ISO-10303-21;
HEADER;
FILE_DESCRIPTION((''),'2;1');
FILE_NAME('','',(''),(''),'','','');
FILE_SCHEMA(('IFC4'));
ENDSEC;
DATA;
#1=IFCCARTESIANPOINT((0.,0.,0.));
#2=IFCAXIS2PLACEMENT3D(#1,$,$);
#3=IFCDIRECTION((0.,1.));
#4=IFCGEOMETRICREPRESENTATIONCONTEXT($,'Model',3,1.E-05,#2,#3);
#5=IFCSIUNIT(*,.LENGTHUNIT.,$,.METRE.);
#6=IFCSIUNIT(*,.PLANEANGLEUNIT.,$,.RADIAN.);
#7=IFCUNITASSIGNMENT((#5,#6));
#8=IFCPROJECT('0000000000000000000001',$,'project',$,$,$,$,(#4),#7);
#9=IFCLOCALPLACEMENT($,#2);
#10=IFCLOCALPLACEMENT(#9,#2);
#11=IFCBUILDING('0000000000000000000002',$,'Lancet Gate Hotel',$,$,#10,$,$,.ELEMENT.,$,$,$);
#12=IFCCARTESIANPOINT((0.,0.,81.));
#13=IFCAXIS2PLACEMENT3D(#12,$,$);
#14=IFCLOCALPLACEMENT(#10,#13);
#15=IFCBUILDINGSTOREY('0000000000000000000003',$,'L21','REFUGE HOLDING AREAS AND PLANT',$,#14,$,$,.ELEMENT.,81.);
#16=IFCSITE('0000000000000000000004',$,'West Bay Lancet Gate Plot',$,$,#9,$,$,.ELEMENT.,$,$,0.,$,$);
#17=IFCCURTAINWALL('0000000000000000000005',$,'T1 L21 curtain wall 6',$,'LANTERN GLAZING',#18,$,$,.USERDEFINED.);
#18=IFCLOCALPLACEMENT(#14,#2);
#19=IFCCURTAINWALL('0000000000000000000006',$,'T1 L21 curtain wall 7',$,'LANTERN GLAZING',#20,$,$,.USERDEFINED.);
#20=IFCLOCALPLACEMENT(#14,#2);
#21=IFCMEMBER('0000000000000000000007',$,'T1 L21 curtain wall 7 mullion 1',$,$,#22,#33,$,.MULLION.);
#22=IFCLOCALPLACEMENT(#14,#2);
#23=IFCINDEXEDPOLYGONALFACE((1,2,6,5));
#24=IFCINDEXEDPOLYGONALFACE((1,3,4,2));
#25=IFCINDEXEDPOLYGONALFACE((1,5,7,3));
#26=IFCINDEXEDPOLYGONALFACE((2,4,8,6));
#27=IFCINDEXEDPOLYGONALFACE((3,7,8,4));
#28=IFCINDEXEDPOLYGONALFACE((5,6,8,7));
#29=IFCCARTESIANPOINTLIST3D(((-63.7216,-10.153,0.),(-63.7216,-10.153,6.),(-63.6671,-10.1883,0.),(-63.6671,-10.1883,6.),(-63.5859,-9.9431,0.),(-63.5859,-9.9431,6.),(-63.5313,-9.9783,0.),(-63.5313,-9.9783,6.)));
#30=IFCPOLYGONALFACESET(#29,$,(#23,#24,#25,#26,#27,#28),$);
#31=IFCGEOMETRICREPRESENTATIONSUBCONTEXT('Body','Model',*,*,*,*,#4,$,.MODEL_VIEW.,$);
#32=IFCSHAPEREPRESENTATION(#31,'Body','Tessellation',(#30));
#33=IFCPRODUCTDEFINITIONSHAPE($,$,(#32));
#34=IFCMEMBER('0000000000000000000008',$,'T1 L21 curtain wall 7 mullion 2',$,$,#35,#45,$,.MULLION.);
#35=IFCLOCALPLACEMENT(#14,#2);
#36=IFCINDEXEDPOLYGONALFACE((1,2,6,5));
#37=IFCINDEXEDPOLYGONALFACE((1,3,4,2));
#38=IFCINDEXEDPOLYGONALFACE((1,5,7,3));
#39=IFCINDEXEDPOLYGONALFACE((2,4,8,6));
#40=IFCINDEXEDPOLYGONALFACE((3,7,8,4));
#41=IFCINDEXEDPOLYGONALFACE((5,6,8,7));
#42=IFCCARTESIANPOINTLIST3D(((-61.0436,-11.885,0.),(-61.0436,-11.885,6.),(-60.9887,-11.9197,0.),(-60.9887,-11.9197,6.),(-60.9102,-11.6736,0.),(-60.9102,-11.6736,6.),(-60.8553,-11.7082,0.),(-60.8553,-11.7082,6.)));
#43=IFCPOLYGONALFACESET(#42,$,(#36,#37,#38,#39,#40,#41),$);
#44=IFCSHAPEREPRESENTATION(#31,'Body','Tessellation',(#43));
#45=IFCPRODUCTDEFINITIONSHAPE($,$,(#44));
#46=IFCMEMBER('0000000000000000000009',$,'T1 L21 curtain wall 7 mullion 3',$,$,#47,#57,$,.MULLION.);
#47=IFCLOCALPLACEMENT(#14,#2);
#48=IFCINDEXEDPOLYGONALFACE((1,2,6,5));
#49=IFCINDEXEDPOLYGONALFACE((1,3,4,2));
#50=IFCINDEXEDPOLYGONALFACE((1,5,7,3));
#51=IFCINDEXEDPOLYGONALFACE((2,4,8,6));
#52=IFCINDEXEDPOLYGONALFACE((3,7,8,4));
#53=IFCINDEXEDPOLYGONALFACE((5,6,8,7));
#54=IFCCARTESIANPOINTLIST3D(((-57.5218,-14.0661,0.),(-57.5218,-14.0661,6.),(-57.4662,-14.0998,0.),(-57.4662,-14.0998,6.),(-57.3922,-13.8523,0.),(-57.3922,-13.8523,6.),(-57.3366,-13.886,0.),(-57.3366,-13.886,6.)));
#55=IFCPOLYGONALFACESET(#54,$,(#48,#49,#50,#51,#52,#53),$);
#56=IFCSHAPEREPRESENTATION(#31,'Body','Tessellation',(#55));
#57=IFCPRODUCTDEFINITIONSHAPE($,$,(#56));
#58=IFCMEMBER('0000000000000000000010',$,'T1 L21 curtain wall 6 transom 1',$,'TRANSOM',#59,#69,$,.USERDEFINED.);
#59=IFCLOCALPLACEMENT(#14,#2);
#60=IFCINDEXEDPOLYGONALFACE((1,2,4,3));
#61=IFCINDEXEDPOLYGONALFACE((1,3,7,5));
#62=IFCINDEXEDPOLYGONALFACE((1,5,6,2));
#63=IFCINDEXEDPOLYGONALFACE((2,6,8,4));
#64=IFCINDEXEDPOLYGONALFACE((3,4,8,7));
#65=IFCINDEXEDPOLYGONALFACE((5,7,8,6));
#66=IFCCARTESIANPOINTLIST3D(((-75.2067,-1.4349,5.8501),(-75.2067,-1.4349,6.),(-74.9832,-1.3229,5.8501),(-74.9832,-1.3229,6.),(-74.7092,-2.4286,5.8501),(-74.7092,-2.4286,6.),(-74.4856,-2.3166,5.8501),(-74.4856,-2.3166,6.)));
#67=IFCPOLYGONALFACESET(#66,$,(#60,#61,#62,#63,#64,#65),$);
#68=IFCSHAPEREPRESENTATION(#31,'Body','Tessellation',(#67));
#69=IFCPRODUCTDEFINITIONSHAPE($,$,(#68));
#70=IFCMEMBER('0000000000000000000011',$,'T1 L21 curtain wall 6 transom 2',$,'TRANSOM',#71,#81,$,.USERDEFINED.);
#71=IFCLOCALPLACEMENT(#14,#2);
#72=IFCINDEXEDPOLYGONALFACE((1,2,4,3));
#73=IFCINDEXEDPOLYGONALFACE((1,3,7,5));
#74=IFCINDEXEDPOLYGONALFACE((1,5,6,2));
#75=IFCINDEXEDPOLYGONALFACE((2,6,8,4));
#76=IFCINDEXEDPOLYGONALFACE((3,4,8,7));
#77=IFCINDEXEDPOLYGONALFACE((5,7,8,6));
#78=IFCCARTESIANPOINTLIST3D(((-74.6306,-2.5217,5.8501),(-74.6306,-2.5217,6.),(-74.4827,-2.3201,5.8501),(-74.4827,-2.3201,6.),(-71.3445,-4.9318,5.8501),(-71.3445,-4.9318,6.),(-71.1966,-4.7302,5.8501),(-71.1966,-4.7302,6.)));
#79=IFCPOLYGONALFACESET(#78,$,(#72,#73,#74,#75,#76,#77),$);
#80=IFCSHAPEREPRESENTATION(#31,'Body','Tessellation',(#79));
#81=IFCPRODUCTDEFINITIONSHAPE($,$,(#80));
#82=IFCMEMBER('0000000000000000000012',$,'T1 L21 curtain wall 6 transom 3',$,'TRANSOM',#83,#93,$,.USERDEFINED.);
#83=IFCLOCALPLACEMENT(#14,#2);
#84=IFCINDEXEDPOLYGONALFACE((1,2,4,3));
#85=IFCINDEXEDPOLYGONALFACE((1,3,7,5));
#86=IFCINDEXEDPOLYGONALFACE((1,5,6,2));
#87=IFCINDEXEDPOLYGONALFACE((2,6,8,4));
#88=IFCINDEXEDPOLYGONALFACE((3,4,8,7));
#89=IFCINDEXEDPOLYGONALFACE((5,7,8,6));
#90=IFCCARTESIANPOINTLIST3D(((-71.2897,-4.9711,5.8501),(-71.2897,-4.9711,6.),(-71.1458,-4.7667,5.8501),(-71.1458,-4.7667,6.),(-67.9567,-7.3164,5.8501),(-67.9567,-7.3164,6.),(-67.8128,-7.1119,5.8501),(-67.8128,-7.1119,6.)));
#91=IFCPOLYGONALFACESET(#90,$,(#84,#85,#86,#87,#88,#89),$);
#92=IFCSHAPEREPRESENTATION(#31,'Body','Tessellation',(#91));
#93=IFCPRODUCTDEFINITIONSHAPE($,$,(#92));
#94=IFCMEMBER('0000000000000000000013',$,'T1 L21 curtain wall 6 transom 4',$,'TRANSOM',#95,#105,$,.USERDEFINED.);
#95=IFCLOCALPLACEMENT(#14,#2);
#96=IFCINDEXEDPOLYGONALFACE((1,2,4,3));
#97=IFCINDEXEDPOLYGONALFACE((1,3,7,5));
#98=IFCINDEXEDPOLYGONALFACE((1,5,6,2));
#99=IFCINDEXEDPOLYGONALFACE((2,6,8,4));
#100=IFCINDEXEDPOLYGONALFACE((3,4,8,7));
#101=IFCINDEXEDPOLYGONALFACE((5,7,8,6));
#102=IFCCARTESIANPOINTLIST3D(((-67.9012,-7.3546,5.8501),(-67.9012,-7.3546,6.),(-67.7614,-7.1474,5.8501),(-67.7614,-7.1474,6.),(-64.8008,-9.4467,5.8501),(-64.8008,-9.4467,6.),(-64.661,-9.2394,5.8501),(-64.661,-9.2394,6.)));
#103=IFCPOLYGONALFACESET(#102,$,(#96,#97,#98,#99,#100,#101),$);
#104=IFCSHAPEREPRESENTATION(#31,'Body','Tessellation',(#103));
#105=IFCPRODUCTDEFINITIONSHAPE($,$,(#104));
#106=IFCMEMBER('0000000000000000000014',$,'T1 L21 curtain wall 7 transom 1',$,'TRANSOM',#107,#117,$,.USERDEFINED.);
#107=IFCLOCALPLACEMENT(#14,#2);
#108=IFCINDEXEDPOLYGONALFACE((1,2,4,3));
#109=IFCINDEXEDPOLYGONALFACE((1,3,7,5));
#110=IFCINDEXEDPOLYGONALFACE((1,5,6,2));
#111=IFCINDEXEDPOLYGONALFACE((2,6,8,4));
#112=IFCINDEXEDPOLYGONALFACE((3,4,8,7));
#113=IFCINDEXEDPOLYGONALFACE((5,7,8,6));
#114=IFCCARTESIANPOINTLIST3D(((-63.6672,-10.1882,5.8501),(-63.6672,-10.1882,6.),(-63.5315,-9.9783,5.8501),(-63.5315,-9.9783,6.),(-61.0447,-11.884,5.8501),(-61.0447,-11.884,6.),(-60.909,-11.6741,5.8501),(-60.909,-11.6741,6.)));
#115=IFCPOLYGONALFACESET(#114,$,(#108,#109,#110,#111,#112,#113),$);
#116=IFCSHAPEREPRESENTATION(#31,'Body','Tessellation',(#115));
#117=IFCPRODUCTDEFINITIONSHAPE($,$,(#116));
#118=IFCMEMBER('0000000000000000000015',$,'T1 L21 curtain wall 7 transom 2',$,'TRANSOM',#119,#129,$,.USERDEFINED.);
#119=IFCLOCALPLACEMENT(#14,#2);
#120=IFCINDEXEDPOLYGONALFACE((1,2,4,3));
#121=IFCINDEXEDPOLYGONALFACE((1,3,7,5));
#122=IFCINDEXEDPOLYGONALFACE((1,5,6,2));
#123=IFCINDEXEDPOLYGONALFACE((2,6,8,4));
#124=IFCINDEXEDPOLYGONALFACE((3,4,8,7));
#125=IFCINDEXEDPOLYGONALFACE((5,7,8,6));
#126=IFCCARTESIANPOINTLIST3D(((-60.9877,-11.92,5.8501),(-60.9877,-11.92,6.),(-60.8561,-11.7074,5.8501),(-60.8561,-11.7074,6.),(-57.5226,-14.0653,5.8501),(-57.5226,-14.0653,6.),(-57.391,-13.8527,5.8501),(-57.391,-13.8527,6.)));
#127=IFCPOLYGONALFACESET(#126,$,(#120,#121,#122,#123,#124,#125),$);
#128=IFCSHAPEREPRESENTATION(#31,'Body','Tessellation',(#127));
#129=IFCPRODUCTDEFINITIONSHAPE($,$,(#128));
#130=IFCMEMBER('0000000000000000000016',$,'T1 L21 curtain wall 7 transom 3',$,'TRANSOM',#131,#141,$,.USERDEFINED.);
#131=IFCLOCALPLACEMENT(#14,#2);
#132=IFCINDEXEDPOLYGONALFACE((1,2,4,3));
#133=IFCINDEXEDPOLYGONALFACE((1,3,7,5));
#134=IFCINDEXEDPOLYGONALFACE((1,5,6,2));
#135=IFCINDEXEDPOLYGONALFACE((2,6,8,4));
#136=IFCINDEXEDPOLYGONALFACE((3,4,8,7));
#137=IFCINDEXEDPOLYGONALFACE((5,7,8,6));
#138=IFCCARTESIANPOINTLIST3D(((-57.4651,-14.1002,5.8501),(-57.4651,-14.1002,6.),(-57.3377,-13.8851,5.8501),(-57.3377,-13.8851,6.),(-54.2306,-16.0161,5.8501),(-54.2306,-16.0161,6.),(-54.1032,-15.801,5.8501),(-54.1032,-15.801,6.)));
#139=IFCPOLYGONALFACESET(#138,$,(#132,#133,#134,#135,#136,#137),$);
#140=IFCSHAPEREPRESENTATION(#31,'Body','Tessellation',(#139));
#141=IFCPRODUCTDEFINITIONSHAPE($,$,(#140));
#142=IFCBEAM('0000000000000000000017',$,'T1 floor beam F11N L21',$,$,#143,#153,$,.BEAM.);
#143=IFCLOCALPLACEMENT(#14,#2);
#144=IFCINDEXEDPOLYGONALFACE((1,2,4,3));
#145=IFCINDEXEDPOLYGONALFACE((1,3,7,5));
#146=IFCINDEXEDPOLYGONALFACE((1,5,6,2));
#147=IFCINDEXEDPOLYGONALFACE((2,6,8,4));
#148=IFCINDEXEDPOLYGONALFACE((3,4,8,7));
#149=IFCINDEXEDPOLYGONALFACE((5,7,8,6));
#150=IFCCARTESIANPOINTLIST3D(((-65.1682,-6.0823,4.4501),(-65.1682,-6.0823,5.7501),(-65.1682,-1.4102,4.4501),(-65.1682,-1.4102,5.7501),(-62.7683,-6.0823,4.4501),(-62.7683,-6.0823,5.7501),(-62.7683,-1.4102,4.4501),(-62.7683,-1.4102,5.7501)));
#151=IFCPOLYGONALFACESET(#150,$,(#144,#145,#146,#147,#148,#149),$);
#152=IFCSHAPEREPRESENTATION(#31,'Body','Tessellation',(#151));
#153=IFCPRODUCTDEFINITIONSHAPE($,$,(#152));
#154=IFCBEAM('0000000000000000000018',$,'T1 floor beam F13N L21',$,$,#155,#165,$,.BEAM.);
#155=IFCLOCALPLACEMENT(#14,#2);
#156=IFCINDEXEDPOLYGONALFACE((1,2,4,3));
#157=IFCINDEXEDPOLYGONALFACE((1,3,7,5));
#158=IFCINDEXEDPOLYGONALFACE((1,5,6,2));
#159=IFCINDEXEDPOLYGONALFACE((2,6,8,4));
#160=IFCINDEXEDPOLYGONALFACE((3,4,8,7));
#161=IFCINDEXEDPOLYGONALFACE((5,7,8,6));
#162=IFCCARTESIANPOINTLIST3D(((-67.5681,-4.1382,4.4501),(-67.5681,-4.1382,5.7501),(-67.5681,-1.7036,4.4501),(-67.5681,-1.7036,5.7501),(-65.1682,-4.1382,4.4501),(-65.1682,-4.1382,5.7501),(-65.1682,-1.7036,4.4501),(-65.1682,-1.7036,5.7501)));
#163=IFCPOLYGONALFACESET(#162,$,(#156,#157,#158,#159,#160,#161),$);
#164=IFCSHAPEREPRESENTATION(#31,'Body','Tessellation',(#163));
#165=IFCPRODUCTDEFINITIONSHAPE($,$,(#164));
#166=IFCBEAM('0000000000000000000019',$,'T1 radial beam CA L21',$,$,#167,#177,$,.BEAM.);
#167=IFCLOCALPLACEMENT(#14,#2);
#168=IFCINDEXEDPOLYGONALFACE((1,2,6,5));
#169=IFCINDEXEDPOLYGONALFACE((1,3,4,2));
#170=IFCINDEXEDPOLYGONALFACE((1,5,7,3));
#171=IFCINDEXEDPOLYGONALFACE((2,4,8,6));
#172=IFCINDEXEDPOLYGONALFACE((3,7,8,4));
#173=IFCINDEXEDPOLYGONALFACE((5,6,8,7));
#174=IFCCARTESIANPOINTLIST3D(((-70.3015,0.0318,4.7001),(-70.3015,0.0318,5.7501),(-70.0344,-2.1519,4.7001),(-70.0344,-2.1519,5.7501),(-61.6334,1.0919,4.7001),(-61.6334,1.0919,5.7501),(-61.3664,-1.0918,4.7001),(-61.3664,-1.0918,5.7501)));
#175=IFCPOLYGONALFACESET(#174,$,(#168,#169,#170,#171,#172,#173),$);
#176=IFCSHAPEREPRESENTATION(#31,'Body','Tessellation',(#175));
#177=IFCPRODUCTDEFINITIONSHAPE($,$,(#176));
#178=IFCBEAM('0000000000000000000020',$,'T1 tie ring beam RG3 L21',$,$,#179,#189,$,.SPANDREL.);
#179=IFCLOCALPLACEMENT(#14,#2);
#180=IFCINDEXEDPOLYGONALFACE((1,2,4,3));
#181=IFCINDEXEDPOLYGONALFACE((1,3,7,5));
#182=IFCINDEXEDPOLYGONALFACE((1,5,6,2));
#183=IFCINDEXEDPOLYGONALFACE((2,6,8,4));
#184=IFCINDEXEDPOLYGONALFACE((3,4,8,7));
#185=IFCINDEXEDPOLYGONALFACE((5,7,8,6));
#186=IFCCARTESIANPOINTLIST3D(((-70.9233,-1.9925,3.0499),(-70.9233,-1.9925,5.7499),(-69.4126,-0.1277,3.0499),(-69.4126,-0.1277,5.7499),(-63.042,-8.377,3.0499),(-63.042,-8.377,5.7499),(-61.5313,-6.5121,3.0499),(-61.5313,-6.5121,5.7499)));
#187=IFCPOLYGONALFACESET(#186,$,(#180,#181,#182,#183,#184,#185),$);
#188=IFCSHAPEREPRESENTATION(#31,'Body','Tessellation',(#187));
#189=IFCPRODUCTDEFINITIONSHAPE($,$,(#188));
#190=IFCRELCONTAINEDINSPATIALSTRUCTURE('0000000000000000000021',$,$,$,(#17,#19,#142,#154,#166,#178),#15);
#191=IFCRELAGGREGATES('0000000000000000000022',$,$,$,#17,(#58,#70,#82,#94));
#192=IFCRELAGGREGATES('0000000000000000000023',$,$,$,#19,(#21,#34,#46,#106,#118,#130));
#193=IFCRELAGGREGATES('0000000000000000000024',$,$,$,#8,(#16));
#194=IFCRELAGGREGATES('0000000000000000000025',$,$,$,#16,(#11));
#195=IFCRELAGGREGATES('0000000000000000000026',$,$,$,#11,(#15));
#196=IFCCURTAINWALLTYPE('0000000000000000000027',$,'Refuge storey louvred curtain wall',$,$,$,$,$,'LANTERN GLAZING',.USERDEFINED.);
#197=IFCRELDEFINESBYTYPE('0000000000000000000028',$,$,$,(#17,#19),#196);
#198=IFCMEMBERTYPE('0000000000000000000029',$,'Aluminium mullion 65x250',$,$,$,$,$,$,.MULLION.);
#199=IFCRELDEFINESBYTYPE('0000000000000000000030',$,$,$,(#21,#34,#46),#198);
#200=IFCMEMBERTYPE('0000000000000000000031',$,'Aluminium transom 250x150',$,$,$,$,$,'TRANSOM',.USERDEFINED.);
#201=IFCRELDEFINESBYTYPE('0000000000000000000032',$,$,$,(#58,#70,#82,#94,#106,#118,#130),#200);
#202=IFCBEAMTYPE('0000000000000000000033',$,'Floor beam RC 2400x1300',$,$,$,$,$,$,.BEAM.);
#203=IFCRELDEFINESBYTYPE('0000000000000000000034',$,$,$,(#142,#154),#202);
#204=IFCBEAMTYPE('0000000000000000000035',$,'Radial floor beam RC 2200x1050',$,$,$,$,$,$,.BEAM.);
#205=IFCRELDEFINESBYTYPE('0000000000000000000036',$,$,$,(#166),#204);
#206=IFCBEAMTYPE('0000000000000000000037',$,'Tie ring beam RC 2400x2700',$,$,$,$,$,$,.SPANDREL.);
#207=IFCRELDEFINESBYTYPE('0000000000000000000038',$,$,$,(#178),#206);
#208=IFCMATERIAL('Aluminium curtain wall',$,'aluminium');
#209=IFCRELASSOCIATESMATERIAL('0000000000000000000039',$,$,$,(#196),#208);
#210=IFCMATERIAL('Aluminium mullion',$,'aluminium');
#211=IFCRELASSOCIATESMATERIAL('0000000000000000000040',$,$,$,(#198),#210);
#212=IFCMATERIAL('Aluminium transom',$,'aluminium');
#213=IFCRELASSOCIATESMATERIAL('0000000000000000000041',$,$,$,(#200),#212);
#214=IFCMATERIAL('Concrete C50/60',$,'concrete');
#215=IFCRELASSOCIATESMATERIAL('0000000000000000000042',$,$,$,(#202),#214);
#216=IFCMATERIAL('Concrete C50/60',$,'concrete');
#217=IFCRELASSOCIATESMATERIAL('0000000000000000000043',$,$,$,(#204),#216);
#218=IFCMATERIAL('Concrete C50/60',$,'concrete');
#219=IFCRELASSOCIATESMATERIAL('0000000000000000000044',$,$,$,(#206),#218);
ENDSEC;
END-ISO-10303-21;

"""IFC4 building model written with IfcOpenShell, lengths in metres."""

from ifc_helpers import new_model, si_unit, direction, frame, origin, origin_2d, place, context, subcontext, project, spatial, rectangle, extrude, material, material_profile, profile_set, type_object, element, aggregate, save


model = new_model("IFC4")

# Units and contexts
model_context = context("Model", 3, precision=1e-05, world=origin(), true_north=direction((0.0, 1.0)))
body_context = subcontext(model_context, "Body", "Model", "MODEL_VIEW")
ifc_project = project(units=[si_unit("LENGTHUNIT", "METRE"), si_unit("PLANEANGLEUNIT", "RADIAN")], contexts=[model_context])

# Site, building, storey
site_placement = place(None, origin())
site = spatial("IfcSite", under=ifc_project, at=site_placement, Name="West Bay Lancet Gate Plot", CompositionType="ELEMENT", RefElevation=0.0)
building_placement = place(site_placement, origin())
building = spatial("IfcBuilding", under=site, at=building_placement, Name="Lancet Gate Hotel", CompositionType="ELEMENT")
storey_placement = place(building_placement, frame((0.0, 0.0, 81.0)))
storey = spatial("IfcBuildingStorey", under=building, at=storey_placement, Name="L21", Description="REFUGE HOLDING AREAS AND PLANT", CompositionType="ELEMENT", Elevation=81.0)

# Curtain walls, members
ifc_material_1 = material(Name="Aluminium curtain wall", Category="aluminium")
curtain_wall_type = type_object("IfcCurtainWallType", Name="Refuge storey louvred curtain wall", ElementType="LANTERN GLAZING", PredefinedType="USERDEFINED", material=ifc_material_1)
curtain_wall_1_placement = place(storey_placement, origin())
curtain_wall_1 = element("IfcCurtainWall", 1, at=curtain_wall_1_placement, inside=storey, type_object=curtain_wall_type, Name="T1 L21 curtain wall 6", ObjectType="LANTERN GLAZING", PredefinedType="USERDEFINED")
ifc_material_2 = material(Name="Aluminium mullion", Category="aluminium")
ifc_material_profile_1 = material_profile(ifc_material_2, rectangle(XDim=0.0649, YDim=0.25, at=origin_2d()), Name="MULLION 65x250")
ifc_profile_set_1 = profile_set([ifc_material_profile_1], Name="Aluminium mullion")
member_type_1 = type_object("IfcMemberType", Name="Aluminium mullion 65x250", PredefinedType="MULLION", material=ifc_profile_set_1)
curtain_wall_2_placement = place(storey_placement, origin())
curtain_wall_2 = element("IfcCurtainWall", 2, at=curtain_wall_2_placement, inside=storey, type_object=curtain_wall_type, Name="T1 L21 curtain wall 7", ObjectType="LANTERN GLAZING", PredefinedType="USERDEFINED")
member_1_placement = place(storey_placement, frame((-63.6265, -10.0657, 0.0), z_axis=(0.0, 0.0, 1.0), x_axis=(0.839749, -0.542975, 0.0)))
member_1 = element("IfcMember", 3, at=member_1_placement, type_object=member_type_1, Name="T1 L21 curtain wall 7 mullion 1", PredefinedType="MULLION", context=body_context, shape_type="SweptSolid", body=[
    extrude(rectangle(XDim=0.0649, YDim=0.25, at=origin_2d()), origin(), (0.0, 0.0, 1.0), 6.0),
])
member_2_placement = place(storey_placement, frame((-60.9495, -11.7966, 0.0), z_axis=(0.0, 0.0, 1.0), x_axis=(0.845709, -0.533644, 0.0)))
member_2 = element("IfcMember", 4, at=member_2_placement, type_object=member_type_1, Name="T1 L21 curtain wall 7 mullion 2", PredefinedType="MULLION", context=body_context, shape_type="SweptSolid", body=[
    extrude(rectangle(XDim=0.0649, YDim=0.25, at=origin_2d()), origin(), (0.0, 0.0, 1.0), 6.0),
])
member_3_placement = place(storey_placement, frame((-57.4292, -13.9761, 0.0), z_axis=(0.0, 0.0, 1.0), x_axis=(0.855145, -0.518389, 0.0)))
member_3 = element("IfcMember", 5, at=member_3_placement, type_object=member_type_1, Name="T1 L21 curtain wall 7 mullion 3", PredefinedType="MULLION", context=body_context, shape_type="SweptSolid", body=[
    extrude(rectangle(XDim=0.0649, YDim=0.25, at=origin_2d()), origin(), (0.0, 0.0, 1.0), 6.0),
])

# Members
ifc_material_3 = material(Name="Aluminium transom", Category="aluminium")
ifc_material_profile_2 = material_profile(ifc_material_3, rectangle(XDim=0.25, YDim=0.1499, at=origin_2d()), Name="TRANSOM 250x150")
ifc_profile_set_2 = profile_set([ifc_material_profile_2], Name="Aluminium transom")
member_type_2 = type_object("IfcMemberType", Name="Aluminium transom 250x150", ElementType="TRANSOM", PredefinedType="USERDEFINED", material=ifc_profile_set_2)
member_4_placement = place(storey_placement, frame((-75.095, -1.3789, 5.925), z_axis=(0.447741, -0.894163, 0.0), x_axis=(0.894163, 0.447741, 0.0)))
member_4 = element("IfcMember", 6, at=member_4_placement, type_object=member_type_2, Name="T1 L21 curtain wall 6 transom 1", ObjectType="TRANSOM", PredefinedType="USERDEFINED", context=body_context, shape_type="SweptSolid", body=[
    extrude(rectangle(XDim=0.25, YDim=0.1499, at=origin_2d()), origin(), (0.0, 0.0, 1.0), 1.1113),
])
member_5_placement = place(storey_placement, frame((-74.5566, -2.4209, 5.925), z_axis=(0.806367, -0.591416, 0.0), x_axis=(0.591416, 0.806367, 0.0)))
member_5 = element("IfcMember", 7, at=member_5_placement, type_object=member_type_2, Name="T1 L21 curtain wall 6 transom 2", ObjectType="TRANSOM", PredefinedType="USERDEFINED", context=body_context, shape_type="SweptSolid", body=[
    extrude(rectangle(XDim=0.25, YDim=0.1499, at=origin_2d()), origin(), (0.0, 0.0, 1.0), 4.0752),
])
member_6_placement = place(storey_placement, frame((-71.2178, -4.8689, 5.925), z_axis=(0.817834, -0.575455, 0.0), x_axis=(0.575455, 0.817834, 0.0)))
member_6 = element("IfcMember", 8, at=member_6_placement, type_object=member_type_2, Name="T1 L21 curtain wall 6 transom 3", ObjectType="TRANSOM", PredefinedType="USERDEFINED", context=body_context, shape_type="SweptSolid", body=[
    extrude(rectangle(XDim=0.25, YDim=0.1499, at=origin_2d()), origin(), (0.0, 0.0, 1.0), 4.0754),
])
member_7_placement = place(storey_placement, frame((-67.8313, -7.251, 5.925), z_axis=(0.828934, -0.559346, 0.0), x_axis=(0.559346, 0.828934, 0.0)))
member_7 = element("IfcMember", 9, at=member_7_placement, type_object=member_type_2, Name="T1 L21 curtain wall 6 transom 4", ObjectType="TRANSOM", PredefinedType="USERDEFINED", context=body_context, shape_type="SweptSolid", body=[
    extrude(rectangle(XDim=0.25, YDim=0.1499, at=origin_2d()), origin(), (0.0, 0.0, 1.0), 3.7402),
])
member_8_placement = place(storey_placement, frame((-63.5994, -10.0833, 5.925), z_axis=(0.839738, -0.542992, 0.0), x_axis=(0.542992, 0.839738, 0.0)))
member_8 = element("IfcMember", 10, at=member_8_placement, type_object=member_type_2, Name="T1 L21 curtain wall 7 transom 1", ObjectType="TRANSOM", PredefinedType="USERDEFINED", context=body_context, shape_type="SweptSolid", body=[
    extrude(rectangle(XDim=0.25, YDim=0.1499, at=origin_2d()), origin(), (0.0, 0.0, 1.0), 3.123),
])
member_9_placement = place(storey_placement, frame((-60.9219, -11.8137, 5.925), z_axis=(0.850242, -0.526392, 0.0), x_axis=(0.526392, 0.850242, 0.0)))
member_9 = element("IfcMember", 11, at=member_9_placement, type_object=member_type_2, Name="T1 L21 curtain wall 7 transom 2", ObjectType="TRANSOM", PredefinedType="USERDEFINED", context=body_context, shape_type="SweptSolid", body=[
    extrude(rectangle(XDim=0.25, YDim=0.1499, at=origin_2d()), origin(), (0.0, 0.0, 1.0), 4.0754),
])
member_10_placement = place(storey_placement, frame((-57.4014, -13.9927, 5.925), z_axis=(0.860396, -0.509626, 0.0), x_axis=(0.509626, 0.860396, 0.0)))
member_10 = element("IfcMember", 12, at=member_10_placement, type_object=member_type_2, Name="T1 L21 curtain wall 7 transom 3", ObjectType="TRANSOM", PredefinedType="USERDEFINED", context=body_context, shape_type="SweptSolid", body=[
    extrude(rectangle(XDim=0.25, YDim=0.1499, at=origin_2d()), origin(), (0.0, 0.0, 1.0), 3.7593),
])

# Beams
ifc_material_4 = material(Name="Concrete C50/60", Category="concrete")
ifc_material_profile_3 = material_profile(ifc_material_4, rectangle(XDim=2.3999, YDim=1.3, at=origin_2d()), Name="RC 2400x1300")
ifc_profile_set_3 = profile_set([ifc_material_profile_3], Name="Concrete C50/60")
beam_type_1 = type_object("IfcBeamType", Name="Floor beam RC 2400x1300", PredefinedType="BEAM", material=ifc_profile_set_3)
beam_1_placement = place(storey_placement, frame((-63.9683, -1.4102, 5.1001), z_axis=(0.0, -1.0, 0.0), x_axis=(1.0, 0.0, 0.0)))
element("IfcBeam", 13, at=beam_1_placement, inside=storey, type_object=beam_type_1, Name="T1 floor beam F11N L21", PredefinedType="BEAM", context=body_context, shape_type="SweptSolid", body=[
    extrude(rectangle(XDim=2.3999, YDim=1.3, at=origin_2d()), origin(), (0.0, 0.0, 1.0), 4.6721),
])
beam_2_placement = place(storey_placement, frame((-66.3682, -1.7036, 5.1001), z_axis=(0.0, -1.0, 0.0), x_axis=(1.0, 0.0, 0.0)))
element("IfcBeam", 14, at=beam_2_placement, inside=storey, type_object=beam_type_1, Name="T1 floor beam F13N L21", PredefinedType="BEAM", context=body_context, shape_type="SweptSolid", body=[
    extrude(rectangle(XDim=2.3999, YDim=1.3, at=origin_2d()), origin(), (0.0, 0.0, 1.0), 2.4346),
])
ifc_material_5 = material(Name="Concrete C50/60", Category="concrete")
ifc_material_profile_4 = material_profile(ifc_material_5, rectangle(XDim=2.2, YDim=1.05, at=origin_2d()), Name="RC 2200x1050")
ifc_profile_set_4 = profile_set([ifc_material_profile_4], Name="Concrete C50/60")
beam_type_2 = type_object("IfcBeamType", Name="Radial floor beam RC 2200x1050", PredefinedType="BEAM", material=ifc_profile_set_4)
beam_3_placement = place(storey_placement, frame((-70.168, -1.0601, 5.2251), z_axis=(0.992605, 0.121392, 0.0), x_axis=(-0.121392, 0.992605, 0.0)))
element("IfcBeam", 15, at=beam_3_placement, inside=storey, type_object=beam_type_2, Name="T1 radial beam CA L21", PredefinedType="BEAM", context=body_context, shape_type="SweptSolid", body=[
    extrude(rectangle(XDim=2.2, YDim=1.05, at=origin_2d()), origin(), (0.0, 0.0, 1.0), 8.7327),
])
ifc_material_6 = material(Name="Concrete C50/60", Category="concrete")
ifc_material_profile_5 = material_profile(ifc_material_6, rectangle(XDim=2.3999, YDim=2.7, at=origin_2d()), Name="RC 2400x2700")
ifc_profile_set_5 = profile_set([ifc_material_profile_5], Name="Concrete C50/60")
beam_type_3 = type_object("IfcBeamType", Name="Tie ring beam RC 2400x2700", PredefinedType="SPANDREL", material=ifc_profile_set_5)
beam_4_placement = place(storey_placement, frame((-70.168, -1.0601, 4.3999), z_axis=(0.777034, -0.629459, 0.0), x_axis=(0.629459, 0.777034, 0.0)))
element("IfcBeam", 16, at=beam_4_placement, inside=storey, type_object=beam_type_3, Name="T1 tie ring beam RG3 L21", PredefinedType="SPANDREL", context=body_context, shape_type="SweptSolid", body=[
    extrude(rectangle(XDim=2.3999, YDim=2.7, at=origin_2d()), origin(), (0.0, 0.0, 1.0), 10.1428),
])

aggregate(curtain_wall_1, [member_4, member_5, member_6, member_7])
aggregate(curtain_wall_2, [member_1, member_2, member_3, member_8, member_9, member_10])

save(model, "model.ifc")
